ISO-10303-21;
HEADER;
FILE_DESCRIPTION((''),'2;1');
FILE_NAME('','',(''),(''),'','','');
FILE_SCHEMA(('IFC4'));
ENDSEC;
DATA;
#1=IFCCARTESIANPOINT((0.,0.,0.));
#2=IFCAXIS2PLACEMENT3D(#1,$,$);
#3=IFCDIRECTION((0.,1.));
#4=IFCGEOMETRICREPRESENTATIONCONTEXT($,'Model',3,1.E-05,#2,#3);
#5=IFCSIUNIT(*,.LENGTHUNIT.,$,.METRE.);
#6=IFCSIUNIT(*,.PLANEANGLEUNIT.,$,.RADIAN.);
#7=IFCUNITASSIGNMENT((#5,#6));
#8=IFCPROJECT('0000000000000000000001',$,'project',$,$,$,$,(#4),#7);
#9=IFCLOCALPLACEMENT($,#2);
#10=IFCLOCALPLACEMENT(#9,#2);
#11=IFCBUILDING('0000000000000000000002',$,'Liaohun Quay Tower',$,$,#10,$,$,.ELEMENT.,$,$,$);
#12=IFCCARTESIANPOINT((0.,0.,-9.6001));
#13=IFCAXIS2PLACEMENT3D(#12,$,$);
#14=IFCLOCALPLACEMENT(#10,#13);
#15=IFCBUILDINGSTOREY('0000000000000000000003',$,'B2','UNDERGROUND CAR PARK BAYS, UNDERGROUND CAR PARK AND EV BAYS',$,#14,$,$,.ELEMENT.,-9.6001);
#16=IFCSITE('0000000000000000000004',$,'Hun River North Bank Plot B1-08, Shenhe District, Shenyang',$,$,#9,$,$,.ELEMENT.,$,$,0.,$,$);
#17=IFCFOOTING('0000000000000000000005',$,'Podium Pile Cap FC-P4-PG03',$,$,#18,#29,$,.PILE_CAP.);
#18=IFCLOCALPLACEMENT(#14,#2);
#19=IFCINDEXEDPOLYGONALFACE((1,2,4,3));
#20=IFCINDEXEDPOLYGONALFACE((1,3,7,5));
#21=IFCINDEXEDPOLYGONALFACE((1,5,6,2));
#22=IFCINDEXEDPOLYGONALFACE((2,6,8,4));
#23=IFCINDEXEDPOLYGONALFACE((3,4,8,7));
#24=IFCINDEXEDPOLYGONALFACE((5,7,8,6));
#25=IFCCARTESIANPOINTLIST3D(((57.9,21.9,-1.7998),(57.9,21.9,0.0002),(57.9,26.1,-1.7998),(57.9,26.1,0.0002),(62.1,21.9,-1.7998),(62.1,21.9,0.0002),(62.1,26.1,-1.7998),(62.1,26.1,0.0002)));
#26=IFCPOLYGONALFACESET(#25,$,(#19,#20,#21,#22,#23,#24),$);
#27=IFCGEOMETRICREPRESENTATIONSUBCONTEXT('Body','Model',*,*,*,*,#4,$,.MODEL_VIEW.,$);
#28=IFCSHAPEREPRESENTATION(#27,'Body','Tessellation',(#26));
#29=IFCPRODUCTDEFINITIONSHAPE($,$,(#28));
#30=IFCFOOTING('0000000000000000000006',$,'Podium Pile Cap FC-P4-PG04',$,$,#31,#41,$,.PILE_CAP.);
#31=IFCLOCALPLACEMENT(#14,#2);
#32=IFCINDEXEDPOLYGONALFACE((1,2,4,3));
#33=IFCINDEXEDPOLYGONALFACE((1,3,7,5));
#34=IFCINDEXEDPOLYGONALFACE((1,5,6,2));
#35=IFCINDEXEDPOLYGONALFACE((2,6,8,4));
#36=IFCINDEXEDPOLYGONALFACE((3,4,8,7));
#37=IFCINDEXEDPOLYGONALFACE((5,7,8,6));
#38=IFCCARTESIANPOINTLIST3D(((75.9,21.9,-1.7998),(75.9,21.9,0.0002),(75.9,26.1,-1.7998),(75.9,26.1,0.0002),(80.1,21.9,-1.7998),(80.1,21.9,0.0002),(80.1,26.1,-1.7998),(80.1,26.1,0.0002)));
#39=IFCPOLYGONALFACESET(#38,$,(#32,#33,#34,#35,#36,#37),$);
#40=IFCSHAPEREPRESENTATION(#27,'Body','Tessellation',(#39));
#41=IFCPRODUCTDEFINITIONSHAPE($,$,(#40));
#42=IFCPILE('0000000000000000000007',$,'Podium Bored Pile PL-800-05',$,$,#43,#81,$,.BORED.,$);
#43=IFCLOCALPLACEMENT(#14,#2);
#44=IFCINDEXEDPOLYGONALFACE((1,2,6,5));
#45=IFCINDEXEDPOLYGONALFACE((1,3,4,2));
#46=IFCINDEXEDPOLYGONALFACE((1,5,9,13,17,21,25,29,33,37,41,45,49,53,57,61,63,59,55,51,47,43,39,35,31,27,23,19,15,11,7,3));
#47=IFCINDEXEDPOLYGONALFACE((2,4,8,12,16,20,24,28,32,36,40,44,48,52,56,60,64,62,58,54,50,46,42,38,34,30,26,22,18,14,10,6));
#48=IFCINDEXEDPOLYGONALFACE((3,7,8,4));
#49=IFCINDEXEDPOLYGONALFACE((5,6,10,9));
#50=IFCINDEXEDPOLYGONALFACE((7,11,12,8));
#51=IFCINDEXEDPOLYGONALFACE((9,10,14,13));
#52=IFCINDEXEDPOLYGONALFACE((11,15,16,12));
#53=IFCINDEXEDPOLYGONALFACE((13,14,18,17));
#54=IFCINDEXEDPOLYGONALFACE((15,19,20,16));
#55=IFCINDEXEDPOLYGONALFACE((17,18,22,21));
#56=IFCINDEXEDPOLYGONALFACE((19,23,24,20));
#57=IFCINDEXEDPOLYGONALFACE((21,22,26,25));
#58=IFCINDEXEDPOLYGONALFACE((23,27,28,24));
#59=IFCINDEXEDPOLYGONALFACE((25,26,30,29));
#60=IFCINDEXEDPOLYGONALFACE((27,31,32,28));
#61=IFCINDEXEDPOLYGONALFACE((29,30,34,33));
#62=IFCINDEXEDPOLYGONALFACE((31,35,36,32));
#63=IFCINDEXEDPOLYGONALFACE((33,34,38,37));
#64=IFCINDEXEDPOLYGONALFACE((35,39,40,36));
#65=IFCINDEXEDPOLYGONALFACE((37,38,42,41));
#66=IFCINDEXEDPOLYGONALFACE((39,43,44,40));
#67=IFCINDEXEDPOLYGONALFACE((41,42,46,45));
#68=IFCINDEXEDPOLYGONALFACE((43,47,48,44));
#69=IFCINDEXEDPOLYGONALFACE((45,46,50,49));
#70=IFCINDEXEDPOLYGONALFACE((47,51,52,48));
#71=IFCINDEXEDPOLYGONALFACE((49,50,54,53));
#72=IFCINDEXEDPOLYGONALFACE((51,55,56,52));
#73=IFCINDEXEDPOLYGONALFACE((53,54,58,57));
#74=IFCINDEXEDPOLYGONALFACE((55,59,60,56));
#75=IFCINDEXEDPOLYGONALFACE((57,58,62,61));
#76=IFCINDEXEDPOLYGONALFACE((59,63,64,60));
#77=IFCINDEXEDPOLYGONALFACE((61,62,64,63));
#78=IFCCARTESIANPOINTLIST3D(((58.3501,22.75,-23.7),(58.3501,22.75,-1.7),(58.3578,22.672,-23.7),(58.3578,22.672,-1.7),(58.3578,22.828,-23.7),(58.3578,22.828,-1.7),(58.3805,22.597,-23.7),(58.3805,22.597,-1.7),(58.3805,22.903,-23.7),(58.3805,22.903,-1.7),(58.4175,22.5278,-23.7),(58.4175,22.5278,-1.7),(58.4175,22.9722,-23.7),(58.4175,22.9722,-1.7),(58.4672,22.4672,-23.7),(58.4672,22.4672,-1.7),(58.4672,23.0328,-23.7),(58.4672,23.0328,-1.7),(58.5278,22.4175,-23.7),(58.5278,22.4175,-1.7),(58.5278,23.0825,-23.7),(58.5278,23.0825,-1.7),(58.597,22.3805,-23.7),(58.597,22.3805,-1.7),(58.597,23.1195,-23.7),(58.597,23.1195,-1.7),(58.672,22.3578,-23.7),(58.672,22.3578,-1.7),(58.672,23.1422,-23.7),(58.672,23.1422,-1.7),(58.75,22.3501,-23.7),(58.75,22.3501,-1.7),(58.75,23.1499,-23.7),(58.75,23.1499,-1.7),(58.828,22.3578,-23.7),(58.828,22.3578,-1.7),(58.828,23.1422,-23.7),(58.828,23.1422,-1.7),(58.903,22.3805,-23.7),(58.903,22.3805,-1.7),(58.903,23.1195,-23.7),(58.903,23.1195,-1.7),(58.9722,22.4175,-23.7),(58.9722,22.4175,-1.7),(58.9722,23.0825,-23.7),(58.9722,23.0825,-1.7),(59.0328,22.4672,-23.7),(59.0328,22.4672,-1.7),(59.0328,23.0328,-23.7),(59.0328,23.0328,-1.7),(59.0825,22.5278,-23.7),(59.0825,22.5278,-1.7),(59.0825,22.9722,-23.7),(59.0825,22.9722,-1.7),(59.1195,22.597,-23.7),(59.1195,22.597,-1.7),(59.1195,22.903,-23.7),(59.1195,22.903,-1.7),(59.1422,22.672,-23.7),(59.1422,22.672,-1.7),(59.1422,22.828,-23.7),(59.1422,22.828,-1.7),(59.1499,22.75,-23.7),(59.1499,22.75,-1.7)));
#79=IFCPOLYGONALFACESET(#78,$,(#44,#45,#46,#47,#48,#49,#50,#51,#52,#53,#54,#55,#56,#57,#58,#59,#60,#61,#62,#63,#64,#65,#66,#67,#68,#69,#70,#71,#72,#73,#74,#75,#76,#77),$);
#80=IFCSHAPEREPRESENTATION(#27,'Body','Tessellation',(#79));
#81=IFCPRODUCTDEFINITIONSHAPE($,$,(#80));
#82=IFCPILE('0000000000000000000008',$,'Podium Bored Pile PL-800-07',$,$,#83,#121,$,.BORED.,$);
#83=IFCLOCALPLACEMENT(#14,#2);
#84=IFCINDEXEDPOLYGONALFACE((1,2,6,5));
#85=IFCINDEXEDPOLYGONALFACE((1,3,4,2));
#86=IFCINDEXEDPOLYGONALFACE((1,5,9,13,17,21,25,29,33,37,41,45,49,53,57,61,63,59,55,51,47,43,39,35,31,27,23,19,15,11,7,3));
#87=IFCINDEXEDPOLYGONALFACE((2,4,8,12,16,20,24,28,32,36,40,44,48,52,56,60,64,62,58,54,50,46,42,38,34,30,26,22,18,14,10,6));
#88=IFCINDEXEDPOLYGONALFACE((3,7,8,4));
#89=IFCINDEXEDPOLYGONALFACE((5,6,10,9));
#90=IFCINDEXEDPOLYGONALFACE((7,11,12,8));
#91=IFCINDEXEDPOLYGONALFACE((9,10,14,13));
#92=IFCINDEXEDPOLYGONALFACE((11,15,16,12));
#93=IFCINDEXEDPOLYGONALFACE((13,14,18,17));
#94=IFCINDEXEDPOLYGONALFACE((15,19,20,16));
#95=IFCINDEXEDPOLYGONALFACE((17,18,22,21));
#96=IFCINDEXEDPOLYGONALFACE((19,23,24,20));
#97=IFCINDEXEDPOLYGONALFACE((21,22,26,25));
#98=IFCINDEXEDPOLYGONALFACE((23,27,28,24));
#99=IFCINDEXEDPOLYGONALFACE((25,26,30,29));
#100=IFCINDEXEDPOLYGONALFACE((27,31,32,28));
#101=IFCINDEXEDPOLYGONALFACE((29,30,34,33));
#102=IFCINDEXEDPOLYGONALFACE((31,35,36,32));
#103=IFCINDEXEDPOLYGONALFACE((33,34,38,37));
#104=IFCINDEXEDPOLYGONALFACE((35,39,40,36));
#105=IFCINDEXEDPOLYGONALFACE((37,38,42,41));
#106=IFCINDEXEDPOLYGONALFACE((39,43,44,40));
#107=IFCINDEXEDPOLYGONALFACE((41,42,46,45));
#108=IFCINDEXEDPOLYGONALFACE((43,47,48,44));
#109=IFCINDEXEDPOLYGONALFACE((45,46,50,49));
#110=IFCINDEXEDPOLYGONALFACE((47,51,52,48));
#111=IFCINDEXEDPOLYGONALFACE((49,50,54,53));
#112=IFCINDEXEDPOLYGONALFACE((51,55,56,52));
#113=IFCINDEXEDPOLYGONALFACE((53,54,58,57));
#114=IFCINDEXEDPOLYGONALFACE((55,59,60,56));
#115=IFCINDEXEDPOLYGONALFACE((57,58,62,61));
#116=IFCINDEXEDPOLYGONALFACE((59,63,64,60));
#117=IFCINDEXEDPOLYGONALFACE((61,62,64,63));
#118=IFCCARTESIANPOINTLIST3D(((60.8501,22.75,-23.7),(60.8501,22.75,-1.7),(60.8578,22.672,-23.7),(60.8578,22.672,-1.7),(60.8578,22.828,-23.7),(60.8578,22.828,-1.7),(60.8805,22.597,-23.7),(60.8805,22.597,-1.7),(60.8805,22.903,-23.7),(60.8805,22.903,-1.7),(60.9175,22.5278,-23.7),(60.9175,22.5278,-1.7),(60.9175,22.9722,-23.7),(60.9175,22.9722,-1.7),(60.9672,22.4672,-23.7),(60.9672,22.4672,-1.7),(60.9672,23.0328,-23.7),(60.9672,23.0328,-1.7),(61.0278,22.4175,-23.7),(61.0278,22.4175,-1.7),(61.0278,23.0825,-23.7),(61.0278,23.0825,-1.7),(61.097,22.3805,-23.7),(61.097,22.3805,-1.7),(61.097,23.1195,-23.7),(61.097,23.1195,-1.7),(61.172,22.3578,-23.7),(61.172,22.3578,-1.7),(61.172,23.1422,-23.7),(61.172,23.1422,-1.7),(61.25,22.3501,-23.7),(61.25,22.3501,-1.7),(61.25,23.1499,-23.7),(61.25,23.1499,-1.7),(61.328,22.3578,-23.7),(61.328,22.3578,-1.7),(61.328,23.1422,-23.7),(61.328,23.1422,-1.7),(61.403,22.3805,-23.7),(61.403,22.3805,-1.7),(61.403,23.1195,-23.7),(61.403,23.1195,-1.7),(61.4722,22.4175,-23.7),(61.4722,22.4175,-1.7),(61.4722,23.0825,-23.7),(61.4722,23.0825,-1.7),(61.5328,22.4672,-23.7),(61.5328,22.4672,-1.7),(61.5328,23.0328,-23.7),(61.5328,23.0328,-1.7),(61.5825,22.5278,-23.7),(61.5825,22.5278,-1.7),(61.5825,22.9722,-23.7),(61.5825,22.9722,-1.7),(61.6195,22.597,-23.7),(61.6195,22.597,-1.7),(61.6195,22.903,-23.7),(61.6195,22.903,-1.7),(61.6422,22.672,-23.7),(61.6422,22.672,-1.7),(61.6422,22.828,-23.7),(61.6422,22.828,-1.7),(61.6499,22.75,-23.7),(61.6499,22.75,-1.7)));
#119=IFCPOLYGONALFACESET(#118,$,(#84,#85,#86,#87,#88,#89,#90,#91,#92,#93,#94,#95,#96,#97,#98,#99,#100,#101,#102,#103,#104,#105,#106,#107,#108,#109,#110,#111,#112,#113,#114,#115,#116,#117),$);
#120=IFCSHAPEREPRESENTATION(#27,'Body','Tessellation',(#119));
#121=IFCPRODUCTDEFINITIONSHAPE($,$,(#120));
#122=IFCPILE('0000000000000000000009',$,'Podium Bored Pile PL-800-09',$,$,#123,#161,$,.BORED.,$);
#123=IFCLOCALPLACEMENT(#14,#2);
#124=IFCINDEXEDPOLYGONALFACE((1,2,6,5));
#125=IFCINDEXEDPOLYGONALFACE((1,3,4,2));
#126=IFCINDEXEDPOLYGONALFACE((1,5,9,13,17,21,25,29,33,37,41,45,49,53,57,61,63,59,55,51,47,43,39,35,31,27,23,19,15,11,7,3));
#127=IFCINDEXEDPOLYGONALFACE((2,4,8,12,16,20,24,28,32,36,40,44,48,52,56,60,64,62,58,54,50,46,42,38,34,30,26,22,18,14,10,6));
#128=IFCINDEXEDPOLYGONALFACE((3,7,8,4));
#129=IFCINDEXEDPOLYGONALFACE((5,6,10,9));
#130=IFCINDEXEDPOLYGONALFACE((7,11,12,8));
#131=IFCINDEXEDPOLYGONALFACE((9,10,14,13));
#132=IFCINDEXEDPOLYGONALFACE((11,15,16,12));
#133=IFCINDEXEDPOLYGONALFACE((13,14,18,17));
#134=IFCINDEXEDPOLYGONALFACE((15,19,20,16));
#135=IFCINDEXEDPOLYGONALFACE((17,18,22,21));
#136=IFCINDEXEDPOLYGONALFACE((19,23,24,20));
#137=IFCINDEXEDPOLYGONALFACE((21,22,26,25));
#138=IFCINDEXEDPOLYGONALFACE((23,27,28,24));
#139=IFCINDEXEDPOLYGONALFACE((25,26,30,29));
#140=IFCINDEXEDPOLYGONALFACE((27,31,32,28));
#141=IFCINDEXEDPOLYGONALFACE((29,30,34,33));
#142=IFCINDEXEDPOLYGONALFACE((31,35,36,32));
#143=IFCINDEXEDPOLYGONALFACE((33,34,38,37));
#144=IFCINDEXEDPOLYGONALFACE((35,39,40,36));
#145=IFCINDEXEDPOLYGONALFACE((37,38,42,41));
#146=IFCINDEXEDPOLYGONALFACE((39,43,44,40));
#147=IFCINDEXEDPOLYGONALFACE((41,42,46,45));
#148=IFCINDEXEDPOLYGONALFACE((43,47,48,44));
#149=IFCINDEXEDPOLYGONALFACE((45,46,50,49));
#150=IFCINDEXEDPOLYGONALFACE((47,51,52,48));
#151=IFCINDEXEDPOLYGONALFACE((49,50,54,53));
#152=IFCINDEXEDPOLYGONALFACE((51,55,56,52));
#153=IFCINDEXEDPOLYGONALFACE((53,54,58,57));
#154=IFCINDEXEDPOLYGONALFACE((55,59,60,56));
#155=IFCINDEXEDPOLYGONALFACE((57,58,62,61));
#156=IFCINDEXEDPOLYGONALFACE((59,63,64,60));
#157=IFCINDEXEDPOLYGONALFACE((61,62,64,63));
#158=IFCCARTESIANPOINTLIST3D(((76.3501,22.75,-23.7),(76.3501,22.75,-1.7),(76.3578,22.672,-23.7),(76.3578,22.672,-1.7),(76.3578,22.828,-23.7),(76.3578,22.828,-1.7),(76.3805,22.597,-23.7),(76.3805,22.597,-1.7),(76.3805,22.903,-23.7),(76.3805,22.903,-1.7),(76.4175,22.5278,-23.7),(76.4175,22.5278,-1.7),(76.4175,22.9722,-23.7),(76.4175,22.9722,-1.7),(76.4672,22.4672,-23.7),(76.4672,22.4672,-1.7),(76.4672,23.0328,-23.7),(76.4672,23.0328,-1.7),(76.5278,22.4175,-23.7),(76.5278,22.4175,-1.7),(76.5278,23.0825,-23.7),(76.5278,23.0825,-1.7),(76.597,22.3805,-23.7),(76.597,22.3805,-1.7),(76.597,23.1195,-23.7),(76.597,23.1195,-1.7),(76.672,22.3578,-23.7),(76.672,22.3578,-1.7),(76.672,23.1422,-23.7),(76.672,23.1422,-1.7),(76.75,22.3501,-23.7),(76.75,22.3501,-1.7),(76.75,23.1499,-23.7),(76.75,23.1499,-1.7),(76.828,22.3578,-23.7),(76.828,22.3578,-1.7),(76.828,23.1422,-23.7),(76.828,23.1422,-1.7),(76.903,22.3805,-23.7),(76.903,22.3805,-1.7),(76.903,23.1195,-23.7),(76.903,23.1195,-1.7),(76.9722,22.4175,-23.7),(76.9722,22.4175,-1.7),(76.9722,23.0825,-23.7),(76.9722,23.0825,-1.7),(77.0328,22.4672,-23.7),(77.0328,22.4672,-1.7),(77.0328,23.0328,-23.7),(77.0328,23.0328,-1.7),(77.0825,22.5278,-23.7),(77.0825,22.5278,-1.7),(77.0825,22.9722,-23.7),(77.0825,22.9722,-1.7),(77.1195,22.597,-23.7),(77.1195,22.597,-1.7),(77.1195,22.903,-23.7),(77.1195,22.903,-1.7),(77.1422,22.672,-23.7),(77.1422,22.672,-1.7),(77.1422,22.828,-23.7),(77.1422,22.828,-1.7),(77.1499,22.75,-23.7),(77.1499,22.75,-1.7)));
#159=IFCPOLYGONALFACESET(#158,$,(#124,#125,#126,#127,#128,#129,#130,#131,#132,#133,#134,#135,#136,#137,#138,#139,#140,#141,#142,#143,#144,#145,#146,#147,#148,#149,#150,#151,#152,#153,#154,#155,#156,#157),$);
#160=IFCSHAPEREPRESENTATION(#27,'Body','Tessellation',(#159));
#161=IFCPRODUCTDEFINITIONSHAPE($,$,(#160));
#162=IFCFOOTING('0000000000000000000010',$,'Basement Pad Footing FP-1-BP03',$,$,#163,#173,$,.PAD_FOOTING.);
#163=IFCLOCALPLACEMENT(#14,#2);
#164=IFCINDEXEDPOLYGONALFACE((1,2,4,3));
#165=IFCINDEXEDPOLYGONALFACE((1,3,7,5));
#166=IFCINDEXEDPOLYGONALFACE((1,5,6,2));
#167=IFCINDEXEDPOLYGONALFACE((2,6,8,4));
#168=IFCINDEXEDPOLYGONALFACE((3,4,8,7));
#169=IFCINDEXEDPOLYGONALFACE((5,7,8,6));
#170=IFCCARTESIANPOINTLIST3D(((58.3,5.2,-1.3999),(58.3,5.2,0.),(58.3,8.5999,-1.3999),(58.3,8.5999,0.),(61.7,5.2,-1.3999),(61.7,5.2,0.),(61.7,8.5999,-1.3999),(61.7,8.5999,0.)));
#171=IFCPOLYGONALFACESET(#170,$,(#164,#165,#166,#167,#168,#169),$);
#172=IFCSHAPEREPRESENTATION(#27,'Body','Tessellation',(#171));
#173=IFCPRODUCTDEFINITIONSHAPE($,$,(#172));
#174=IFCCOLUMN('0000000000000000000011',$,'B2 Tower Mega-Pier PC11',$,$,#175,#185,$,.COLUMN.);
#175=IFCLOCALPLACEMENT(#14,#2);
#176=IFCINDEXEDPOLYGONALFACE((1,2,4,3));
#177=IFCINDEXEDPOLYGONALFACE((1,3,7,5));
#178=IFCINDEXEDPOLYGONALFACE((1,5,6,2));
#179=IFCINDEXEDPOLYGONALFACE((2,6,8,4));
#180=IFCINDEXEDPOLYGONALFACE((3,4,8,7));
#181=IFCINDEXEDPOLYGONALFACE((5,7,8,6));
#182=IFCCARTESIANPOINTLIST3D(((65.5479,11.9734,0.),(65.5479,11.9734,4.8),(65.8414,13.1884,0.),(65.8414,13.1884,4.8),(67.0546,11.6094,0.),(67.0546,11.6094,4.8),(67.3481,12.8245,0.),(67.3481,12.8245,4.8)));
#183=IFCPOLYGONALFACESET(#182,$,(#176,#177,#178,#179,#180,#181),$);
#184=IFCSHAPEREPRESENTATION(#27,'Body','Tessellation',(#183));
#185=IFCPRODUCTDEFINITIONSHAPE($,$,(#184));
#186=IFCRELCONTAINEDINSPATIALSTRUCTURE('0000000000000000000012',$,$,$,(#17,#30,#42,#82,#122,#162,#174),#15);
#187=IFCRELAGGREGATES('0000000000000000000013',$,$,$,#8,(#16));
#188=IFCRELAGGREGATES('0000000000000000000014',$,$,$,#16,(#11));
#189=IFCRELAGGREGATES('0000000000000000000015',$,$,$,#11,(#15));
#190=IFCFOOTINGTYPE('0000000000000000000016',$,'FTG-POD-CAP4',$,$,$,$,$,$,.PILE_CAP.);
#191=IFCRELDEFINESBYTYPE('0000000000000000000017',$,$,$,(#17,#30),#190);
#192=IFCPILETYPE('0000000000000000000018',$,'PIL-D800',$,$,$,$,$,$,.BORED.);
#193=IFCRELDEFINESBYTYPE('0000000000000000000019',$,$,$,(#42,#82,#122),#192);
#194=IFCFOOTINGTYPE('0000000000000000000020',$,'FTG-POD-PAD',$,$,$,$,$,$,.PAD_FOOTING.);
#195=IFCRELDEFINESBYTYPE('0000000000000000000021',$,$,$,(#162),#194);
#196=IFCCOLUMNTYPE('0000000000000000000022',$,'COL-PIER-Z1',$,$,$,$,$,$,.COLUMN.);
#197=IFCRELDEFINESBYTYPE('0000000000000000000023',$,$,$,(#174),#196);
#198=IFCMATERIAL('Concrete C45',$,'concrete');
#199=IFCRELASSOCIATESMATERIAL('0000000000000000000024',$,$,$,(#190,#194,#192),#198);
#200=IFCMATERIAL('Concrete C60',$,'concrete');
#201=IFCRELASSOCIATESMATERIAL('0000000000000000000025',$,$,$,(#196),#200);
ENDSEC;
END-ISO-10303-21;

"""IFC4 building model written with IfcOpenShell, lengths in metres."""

from ifc_helpers import new_model, si_unit, direction, frame, origin, origin_2d, place, context, subcontext, project, spatial, rectangle, circle, extrude, source, transform, mapped, material, material_profile, profile_set, type_object, element, save


model = new_model("IFC4")

# Units and contexts
model_context = context("Model", 3, precision=1e-05, world=origin(), true_north=direction((0.0, 1.0)))
body_context = subcontext(model_context, "Body", "Model", "MODEL_VIEW")
ifc_project = project(units=[si_unit("LENGTHUNIT", "METRE"), si_unit("PLANEANGLEUNIT", "RADIAN")], contexts=[model_context])

# Site, building, storey
site_placement = place(None, origin())
site = spatial("IfcSite", under=ifc_project, at=site_placement, Name="Hun River North Bank Plot B1-08, Shenhe District, Shenyang", CompositionType="ELEMENT", RefElevation=0.0)
building_placement = place(site_placement, origin())
building = spatial("IfcBuilding", under=site, at=building_placement, Name="Liaohun Quay Tower", CompositionType="ELEMENT")
storey_placement = place(building_placement, frame((0.0, 0.0, -9.6001)))
storey = spatial("IfcBuildingStorey", under=building, at=storey_placement, Name="B2", Description="UNDERGROUND CAR PARK BAYS, UNDERGROUND CAR PARK AND EV BAYS", CompositionType="ELEMENT", Elevation=-9.6001)

# Shared definitions
ifc_material_1 = material(Name="Concrete C45", Category="concrete")

# Footings
footing_type_1 = type_object("IfcFootingType", Name="FTG-POD-CAP4", PredefinedType="PILE_CAP", material=ifc_material_1)
shared_shape_1 = source(origin(), body_context, "Body", "SweptSolid", [
    extrude(rectangle(XDim=4.2, YDim=4.2, at=origin_2d()), origin(), (0.0, 0.0, 1.0), 1.8),
])
for number, where, z_axis, x_axis, name in (
    (1, (60.0, 24.0, -1.7998), (0.0, 0.0, 1.0), (1.0, 0.0, 0.0), "Podium Pile Cap FC-P4-PG03"),
    (2, (78.0, 24.0, -1.7998), (0.0, 0.0, 1.0), (1.0, 0.0, 0.0), "Podium Pile Cap FC-P4-PG04"),
):
    element("IfcFooting", number, at=place(storey_placement, frame(where, z_axis=z_axis, x_axis=x_axis)), inside=storey, type_object=footing_type_1, Name=name, PredefinedType="PILE_CAP", context=body_context, shape_type="MappedRepresentation", body=[
        mapped(shared_shape_1, transform((0.0, 0.0, 0.0), x_axis=(1.0, 0.0, 0.0), y_axis=(0.0, 1.0, 0.0), z_axis=(0.0, 0.0, 1.0), scale=1.0)),
    ])

# Piles
ifc_material_profile_1 = material_profile(ifc_material_1, circle(Radius=0.3999, at=origin_2d()), Name="PILE-D800")
ifc_profile_set_1 = profile_set([ifc_material_profile_1], Name="Concrete C45")
pile_type_1 = type_object("IfcPileType", Name="PIL-D800", PredefinedType="BORED", material=ifc_profile_set_1)
shared_shape_2 = source(origin(), body_context, "Body", "SweptSolid", [
    extrude(circle(Radius=0.3999, at=origin_2d()), origin(), (0.0, 0.0, 1.0), 22.0),
])
for number, where, z_axis, x_axis, name in (
    (3, (58.75, 22.75, -1.7), (0.0, 0.0, -1.0), (1.0, 0.0, 0.0), "Podium Bored Pile PL-800-05"),
    (4, (61.25, 22.75, -1.7), (0.0, 0.0, -1.0), (1.0, 0.0, 0.0), "Podium Bored Pile PL-800-07"),
    (5, (76.75, 22.75, -1.7), (0.0, 0.0, -1.0), (1.0, 0.0, 0.0), "Podium Bored Pile PL-800-09"),
):
    element("IfcPile", number, at=place(storey_placement, frame(where, z_axis=z_axis, x_axis=x_axis)), inside=storey, type_object=pile_type_1, Name=name, PredefinedType="BORED", context=body_context, shape_type="MappedRepresentation", body=[
        mapped(shared_shape_2, transform((0.0, 0.0, 0.0), x_axis=(1.0, 0.0, 0.0), y_axis=(0.0, 1.0, 0.0), z_axis=(0.0, 0.0, 1.0), scale=1.0)),
    ])

# Footing
footing_type_2 = type_object("IfcFootingType", Name="FTG-POD-PAD", PredefinedType="PAD_FOOTING", material=ifc_material_1)
shared_shape_3 = source(origin(), body_context, "Body", "SweptSolid", [
    extrude(rectangle(XDim=3.3999, YDim=3.3999, at=origin_2d()), origin(), (0.0, 0.0, 1.0), 1.3999),
])
footing_1_placement = place(storey_placement, frame((60.0, 6.8999, -1.3999), z_axis=(0.0, 0.0, 1.0), x_axis=(1.0, 0.0, 0.0)))
element("IfcFooting", 6, at=footing_1_placement, inside=storey, type_object=footing_type_2, Name="Basement Pad Footing FP-1-BP03", PredefinedType="PAD_FOOTING", context=body_context, shape_type="MappedRepresentation", body=[
    mapped(shared_shape_3, transform((0.0, 0.0, 0.0), x_axis=(1.0, 0.0, 0.0), y_axis=(0.0, 1.0, 0.0), z_axis=(0.0, 0.0, 1.0), scale=1.0)),
])

# Column
ifc_material_2 = material(Name="Concrete C60", Category="concrete")
ifc_material_profile_2 = material_profile(ifc_material_2, rectangle(XDim=1.55, YDim=1.25, at=origin_2d()), Name="RC1550x1250")
ifc_profile_set_2 = profile_set([ifc_material_profile_2], Name="Concrete C60")
column_type_1 = type_object("IfcColumnType", Name="COL-PIER-Z1", PredefinedType="COLUMN", material=ifc_profile_set_2)
shared_shape_4 = source(origin(), body_context, "Body", "SweptSolid", [
    extrude(rectangle(XDim=1.55, YDim=1.25, at=origin_2d()), origin(), (0.0, 0.0, 1.0), 4.8),
])
column_placement = place(storey_placement, frame((66.448, 12.3989, 0.0), z_axis=(0.0, 0.0, 1.0), x_axis=(-0.972043, 0.234803, 0.0)))
element("IfcColumn", 7, at=column_placement, inside=storey, type_object=column_type_1, Name="B2 Tower Mega-Pier PC11", PredefinedType="COLUMN", context=body_context, shape_type="MappedRepresentation", body=[
    mapped(shared_shape_4, transform((0.0, 0.0, 0.0), x_axis=(1.0, 0.0, 0.0), y_axis=(0.0, 1.0, 0.0), z_axis=(0.0, 0.0, 1.0), scale=1.0)),
])

save(model, "model.ifc")
